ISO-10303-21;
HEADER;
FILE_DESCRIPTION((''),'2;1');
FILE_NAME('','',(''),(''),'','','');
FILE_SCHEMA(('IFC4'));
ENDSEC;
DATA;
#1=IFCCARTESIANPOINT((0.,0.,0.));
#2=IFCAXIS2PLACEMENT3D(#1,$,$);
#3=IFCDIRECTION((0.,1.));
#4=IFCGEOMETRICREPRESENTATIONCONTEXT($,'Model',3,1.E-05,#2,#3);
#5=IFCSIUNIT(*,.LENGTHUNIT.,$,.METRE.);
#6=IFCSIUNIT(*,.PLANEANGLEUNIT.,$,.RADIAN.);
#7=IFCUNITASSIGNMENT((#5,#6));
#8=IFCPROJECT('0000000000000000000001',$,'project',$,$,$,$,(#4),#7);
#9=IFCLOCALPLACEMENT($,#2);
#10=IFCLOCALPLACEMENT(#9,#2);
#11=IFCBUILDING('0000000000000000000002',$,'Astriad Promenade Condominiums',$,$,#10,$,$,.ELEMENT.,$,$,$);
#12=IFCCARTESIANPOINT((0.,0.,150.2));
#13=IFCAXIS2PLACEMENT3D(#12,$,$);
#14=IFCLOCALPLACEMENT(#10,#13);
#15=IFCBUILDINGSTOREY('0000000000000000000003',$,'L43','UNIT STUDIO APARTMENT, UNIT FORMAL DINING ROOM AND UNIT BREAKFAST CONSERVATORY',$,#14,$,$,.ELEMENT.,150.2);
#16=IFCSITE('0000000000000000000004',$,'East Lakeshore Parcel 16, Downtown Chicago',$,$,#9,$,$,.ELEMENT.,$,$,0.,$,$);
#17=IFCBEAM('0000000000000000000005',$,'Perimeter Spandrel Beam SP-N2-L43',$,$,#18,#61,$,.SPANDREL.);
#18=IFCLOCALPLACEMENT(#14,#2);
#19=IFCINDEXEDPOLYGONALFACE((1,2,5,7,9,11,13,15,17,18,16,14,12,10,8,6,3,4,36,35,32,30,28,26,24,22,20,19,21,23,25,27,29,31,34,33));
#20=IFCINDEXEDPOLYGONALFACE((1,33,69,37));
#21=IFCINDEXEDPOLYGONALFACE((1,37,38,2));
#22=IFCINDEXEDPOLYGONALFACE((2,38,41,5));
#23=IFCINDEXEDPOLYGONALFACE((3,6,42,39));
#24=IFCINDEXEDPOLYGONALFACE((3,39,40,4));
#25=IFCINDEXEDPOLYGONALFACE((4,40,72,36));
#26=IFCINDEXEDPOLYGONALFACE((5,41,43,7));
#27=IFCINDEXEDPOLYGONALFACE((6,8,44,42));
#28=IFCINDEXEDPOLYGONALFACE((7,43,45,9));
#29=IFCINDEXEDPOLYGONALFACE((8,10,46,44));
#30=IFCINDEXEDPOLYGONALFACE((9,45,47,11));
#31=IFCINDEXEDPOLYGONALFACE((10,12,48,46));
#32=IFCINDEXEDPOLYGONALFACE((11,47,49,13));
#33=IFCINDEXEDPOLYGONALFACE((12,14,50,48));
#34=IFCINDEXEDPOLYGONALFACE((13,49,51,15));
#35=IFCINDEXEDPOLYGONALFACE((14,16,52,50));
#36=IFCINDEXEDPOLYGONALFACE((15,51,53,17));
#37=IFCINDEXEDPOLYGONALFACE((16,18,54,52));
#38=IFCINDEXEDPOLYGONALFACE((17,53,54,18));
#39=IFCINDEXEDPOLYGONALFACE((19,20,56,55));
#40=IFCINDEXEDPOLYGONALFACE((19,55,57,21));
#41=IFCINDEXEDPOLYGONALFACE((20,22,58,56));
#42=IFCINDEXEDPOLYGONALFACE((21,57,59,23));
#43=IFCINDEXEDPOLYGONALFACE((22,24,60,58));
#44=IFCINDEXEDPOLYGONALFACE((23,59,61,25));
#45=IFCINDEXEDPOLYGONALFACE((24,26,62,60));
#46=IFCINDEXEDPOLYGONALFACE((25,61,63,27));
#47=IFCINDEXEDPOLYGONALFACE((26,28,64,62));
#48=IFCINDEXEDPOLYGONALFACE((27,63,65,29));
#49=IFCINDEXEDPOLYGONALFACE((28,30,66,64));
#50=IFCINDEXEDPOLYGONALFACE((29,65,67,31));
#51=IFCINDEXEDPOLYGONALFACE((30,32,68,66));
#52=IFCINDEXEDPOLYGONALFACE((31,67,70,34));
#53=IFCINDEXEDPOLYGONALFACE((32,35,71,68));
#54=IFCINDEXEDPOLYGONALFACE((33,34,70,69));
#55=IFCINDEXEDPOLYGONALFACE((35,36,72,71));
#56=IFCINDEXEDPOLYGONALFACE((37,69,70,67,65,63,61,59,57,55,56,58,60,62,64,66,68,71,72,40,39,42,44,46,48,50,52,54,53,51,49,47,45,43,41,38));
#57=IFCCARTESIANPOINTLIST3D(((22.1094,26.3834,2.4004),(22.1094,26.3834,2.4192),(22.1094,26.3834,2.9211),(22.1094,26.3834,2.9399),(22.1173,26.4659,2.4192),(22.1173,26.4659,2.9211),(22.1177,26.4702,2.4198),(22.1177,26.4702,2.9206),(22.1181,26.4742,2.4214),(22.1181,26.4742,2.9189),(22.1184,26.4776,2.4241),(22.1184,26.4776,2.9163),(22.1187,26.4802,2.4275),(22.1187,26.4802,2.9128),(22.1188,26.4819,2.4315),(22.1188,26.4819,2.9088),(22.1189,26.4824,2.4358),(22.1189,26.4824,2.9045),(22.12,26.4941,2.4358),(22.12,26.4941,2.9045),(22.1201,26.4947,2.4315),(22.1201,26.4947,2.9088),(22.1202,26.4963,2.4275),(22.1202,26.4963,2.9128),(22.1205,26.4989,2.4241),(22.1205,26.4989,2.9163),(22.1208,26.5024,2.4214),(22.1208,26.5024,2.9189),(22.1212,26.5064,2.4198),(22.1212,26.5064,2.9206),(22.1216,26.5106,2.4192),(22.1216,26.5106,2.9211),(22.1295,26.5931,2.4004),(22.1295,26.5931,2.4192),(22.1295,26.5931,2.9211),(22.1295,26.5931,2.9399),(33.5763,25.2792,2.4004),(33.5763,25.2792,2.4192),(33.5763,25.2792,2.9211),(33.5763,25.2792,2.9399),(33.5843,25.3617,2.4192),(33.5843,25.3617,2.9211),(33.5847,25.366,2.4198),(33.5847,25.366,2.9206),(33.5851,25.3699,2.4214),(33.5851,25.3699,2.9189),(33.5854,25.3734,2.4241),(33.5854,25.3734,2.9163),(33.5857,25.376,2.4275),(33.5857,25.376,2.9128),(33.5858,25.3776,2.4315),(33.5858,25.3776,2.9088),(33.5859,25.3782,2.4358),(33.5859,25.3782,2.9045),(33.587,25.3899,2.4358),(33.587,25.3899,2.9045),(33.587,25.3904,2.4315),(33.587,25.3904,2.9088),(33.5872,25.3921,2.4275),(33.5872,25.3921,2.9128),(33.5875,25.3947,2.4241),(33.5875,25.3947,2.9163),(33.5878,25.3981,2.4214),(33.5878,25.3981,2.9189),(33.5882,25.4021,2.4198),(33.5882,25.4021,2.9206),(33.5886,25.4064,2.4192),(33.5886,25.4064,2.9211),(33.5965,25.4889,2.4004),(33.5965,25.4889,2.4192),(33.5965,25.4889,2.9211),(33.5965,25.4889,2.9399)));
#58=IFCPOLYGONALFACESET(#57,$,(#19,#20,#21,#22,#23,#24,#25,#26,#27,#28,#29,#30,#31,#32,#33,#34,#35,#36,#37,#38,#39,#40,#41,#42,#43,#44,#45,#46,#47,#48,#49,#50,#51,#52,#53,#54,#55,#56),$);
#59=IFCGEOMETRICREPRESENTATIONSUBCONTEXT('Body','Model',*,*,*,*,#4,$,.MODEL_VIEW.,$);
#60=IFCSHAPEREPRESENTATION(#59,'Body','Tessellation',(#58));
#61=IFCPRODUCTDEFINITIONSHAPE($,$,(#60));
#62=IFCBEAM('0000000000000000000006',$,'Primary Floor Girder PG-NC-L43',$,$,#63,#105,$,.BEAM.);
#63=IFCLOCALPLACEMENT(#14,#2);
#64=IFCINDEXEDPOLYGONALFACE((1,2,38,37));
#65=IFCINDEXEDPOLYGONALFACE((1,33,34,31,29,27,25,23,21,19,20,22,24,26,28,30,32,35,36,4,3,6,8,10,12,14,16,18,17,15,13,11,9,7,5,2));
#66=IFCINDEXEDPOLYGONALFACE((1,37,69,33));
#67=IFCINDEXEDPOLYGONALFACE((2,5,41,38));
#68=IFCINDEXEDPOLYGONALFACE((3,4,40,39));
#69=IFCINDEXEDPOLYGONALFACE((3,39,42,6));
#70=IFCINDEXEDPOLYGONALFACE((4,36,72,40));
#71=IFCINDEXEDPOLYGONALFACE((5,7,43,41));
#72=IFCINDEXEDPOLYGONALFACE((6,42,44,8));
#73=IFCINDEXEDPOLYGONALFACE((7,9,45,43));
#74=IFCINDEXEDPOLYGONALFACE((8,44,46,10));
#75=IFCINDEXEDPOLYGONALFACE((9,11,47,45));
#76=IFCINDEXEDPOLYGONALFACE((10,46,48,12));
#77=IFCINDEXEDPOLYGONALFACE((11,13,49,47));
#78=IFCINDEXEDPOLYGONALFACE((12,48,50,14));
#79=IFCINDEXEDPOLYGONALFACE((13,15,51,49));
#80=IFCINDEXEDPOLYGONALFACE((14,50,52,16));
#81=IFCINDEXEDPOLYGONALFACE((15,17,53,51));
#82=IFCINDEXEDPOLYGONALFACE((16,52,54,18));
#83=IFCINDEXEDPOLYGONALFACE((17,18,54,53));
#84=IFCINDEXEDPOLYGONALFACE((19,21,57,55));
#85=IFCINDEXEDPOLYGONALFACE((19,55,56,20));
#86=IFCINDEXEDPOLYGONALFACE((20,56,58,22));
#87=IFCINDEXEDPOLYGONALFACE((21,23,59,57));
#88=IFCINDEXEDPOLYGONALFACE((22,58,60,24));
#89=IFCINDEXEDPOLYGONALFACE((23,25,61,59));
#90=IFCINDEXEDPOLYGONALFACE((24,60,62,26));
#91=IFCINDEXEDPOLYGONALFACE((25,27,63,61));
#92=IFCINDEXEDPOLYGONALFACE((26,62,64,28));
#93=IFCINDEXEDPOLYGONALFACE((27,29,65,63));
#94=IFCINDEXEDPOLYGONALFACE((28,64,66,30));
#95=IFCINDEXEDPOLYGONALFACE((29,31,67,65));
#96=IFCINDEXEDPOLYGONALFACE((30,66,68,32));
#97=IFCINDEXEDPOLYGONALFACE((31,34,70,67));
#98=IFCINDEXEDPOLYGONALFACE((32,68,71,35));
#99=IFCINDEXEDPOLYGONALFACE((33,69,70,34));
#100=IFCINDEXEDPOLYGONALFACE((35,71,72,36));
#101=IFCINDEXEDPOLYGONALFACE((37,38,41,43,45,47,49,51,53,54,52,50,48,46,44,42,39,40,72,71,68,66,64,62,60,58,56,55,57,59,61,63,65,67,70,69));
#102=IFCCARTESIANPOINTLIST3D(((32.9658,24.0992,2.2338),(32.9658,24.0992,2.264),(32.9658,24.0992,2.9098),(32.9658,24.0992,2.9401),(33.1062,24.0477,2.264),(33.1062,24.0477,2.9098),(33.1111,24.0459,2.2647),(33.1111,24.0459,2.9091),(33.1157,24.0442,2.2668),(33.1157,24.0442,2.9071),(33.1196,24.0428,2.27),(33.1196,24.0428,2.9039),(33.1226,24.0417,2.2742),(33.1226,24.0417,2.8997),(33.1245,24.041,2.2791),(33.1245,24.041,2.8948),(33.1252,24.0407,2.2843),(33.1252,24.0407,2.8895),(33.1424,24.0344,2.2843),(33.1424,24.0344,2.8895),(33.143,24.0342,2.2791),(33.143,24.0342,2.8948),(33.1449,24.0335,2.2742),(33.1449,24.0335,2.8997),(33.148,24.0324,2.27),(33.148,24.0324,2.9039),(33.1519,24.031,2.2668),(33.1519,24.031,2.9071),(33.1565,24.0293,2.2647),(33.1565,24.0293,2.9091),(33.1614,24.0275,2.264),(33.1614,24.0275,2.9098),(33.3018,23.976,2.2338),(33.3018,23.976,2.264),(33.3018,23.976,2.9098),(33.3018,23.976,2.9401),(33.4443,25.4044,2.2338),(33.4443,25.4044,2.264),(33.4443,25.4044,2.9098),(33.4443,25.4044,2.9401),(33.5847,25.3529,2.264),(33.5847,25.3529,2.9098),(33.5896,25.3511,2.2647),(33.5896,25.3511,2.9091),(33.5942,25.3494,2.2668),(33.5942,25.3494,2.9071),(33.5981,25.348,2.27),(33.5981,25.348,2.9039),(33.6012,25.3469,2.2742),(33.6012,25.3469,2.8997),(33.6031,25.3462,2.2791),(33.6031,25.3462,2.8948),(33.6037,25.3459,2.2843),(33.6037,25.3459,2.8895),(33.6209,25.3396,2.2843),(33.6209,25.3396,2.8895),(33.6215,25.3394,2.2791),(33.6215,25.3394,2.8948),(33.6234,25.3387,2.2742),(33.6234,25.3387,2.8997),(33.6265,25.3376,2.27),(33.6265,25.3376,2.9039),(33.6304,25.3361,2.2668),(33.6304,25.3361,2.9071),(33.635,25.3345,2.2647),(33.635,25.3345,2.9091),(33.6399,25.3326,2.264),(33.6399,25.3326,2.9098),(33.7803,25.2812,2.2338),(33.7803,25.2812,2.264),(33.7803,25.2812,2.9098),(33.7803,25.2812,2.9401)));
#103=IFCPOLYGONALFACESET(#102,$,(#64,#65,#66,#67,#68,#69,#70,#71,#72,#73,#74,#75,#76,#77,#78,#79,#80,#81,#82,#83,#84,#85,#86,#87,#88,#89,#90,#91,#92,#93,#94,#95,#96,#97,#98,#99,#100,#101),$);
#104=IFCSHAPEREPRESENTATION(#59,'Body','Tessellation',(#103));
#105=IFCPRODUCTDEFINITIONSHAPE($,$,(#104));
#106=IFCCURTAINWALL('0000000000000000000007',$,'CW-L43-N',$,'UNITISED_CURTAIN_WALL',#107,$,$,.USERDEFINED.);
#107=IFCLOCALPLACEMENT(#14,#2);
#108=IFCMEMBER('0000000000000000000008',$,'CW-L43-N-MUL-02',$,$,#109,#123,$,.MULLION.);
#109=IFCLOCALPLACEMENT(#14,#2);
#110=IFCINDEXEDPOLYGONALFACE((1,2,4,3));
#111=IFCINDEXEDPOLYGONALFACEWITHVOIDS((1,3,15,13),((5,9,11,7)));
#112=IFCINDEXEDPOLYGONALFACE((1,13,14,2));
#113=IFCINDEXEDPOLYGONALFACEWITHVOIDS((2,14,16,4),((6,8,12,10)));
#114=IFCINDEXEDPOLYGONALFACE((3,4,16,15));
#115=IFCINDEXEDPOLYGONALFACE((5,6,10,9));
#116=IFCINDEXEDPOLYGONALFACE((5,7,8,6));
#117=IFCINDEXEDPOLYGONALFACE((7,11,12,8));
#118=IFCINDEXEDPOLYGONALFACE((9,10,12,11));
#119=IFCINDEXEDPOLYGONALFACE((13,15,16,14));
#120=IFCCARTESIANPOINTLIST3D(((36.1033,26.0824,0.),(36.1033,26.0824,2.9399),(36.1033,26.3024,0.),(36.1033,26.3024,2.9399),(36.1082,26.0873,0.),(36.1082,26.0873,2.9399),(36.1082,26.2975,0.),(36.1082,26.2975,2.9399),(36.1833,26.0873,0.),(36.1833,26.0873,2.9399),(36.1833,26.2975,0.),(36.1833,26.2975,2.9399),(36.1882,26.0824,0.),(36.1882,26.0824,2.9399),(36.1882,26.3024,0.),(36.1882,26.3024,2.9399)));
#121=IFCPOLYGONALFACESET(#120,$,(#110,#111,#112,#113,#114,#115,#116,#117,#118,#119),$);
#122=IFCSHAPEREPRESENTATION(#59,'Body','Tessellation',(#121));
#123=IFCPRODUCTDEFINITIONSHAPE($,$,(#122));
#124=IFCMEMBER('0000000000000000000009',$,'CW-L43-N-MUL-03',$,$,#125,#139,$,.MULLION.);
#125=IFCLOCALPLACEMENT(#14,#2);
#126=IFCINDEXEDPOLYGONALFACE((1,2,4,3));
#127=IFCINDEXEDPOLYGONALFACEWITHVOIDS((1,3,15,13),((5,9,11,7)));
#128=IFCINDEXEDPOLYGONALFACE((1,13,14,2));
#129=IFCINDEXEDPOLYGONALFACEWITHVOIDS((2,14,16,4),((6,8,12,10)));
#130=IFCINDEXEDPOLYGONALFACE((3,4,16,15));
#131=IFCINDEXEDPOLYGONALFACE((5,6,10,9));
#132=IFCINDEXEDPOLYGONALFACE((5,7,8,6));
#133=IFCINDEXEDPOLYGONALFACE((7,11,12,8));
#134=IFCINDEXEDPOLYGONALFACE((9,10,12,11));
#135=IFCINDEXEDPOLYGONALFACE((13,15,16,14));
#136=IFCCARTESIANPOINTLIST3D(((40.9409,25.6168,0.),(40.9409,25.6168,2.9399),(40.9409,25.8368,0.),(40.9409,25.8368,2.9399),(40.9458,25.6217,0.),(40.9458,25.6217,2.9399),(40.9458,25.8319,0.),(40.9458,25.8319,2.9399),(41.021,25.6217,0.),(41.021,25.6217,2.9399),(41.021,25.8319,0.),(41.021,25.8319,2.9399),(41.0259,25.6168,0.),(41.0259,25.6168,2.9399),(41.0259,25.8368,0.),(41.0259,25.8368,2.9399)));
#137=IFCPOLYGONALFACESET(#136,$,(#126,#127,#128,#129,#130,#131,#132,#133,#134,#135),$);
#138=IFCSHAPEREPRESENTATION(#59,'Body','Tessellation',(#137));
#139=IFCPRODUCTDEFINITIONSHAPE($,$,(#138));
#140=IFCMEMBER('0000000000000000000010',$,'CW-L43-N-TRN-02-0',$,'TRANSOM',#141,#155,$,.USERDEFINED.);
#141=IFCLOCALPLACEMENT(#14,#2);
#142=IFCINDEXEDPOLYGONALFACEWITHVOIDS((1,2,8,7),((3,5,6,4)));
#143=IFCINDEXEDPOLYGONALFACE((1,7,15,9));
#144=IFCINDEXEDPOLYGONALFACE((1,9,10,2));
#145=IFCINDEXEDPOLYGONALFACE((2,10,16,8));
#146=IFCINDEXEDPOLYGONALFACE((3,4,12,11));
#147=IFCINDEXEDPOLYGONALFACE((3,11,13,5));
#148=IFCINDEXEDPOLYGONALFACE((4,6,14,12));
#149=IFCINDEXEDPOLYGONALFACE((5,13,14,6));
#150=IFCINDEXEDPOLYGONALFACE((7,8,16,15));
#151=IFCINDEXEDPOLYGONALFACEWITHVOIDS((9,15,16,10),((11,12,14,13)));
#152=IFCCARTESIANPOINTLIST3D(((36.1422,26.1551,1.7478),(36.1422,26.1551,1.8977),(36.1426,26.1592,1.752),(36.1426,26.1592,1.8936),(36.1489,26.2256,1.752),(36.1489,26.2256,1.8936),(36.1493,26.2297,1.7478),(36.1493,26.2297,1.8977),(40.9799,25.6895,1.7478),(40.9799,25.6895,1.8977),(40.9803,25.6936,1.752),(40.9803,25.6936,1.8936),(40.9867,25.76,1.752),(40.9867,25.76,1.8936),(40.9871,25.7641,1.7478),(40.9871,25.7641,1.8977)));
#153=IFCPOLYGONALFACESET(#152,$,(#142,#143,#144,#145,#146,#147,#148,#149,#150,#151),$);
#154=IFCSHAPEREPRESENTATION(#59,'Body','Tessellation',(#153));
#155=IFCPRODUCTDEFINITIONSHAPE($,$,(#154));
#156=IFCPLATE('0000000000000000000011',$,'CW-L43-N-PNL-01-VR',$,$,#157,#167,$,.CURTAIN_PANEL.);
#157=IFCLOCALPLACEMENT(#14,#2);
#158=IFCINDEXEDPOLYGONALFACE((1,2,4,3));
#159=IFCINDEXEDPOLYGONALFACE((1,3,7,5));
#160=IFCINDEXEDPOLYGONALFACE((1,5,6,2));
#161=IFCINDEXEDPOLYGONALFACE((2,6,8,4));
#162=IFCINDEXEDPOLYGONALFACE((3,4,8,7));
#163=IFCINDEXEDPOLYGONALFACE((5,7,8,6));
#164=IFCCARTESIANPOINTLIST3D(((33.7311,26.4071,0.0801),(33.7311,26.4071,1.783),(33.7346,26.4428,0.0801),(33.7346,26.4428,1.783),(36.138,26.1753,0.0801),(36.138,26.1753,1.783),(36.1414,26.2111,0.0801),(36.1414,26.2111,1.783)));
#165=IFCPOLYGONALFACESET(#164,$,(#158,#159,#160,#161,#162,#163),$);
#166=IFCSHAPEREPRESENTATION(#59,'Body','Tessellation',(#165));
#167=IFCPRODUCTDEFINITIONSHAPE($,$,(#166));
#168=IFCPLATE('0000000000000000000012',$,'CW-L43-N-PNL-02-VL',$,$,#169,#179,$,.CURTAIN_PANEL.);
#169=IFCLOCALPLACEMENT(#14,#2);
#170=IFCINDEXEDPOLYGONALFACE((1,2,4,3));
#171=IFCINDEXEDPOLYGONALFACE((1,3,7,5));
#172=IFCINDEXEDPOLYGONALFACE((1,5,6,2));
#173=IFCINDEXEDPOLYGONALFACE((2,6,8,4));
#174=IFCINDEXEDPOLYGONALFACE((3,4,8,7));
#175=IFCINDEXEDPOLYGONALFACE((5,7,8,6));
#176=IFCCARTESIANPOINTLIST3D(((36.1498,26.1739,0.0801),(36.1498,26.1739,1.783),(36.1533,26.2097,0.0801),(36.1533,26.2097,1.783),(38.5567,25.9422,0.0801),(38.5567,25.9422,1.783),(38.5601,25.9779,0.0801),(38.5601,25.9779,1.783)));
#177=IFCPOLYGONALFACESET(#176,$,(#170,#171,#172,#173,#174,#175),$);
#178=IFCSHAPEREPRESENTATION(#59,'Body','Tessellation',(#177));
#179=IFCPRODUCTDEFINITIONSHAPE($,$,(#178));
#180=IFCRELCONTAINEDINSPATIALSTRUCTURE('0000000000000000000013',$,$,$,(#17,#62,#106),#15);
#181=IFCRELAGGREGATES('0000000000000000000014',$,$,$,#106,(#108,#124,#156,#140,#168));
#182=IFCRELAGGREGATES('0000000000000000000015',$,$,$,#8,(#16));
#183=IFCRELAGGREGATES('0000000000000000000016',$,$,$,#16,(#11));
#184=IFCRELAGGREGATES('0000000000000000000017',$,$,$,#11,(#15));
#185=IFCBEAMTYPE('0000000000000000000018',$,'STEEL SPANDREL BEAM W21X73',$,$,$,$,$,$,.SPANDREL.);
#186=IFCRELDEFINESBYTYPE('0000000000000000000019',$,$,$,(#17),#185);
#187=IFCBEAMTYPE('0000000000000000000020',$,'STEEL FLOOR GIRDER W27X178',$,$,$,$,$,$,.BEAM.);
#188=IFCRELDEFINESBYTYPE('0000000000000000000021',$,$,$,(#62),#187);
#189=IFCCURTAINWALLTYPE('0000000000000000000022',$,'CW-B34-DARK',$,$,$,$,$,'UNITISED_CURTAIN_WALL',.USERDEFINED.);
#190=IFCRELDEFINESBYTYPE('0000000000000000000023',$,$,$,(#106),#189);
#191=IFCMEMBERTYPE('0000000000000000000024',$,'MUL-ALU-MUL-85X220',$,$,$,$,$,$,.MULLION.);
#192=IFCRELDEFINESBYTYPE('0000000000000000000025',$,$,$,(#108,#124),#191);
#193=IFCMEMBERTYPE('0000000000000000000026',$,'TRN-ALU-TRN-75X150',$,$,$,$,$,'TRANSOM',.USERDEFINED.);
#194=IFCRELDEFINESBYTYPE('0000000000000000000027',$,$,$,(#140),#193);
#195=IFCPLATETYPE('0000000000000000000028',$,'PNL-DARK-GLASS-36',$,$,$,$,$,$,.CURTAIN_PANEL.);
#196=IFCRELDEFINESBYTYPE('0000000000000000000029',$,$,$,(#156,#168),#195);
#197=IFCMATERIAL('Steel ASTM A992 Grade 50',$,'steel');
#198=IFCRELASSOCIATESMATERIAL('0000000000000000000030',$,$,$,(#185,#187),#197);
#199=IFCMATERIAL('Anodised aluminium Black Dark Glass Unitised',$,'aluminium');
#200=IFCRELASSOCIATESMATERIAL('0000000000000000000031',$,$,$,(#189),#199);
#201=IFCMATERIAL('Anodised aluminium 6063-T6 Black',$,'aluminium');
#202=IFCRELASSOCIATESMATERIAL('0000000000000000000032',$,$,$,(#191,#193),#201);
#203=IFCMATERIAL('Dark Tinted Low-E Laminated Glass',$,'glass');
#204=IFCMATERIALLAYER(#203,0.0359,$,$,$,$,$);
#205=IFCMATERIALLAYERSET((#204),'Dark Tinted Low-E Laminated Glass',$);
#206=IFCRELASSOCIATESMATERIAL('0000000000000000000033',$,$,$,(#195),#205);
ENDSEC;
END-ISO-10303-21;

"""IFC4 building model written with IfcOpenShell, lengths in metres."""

from ifc_helpers import new_model, si_unit, direction, frame, origin, origin_2d, place, context, subcontext, project, spatial, rectangle, hollow_rectangle, i_section, extrude, source, transform, mapped, material, layer, layer_set, material_profile, profile_set, type_object, type_shapes, element, aggregate, save


model = new_model("IFC4")

# Units and contexts
model_context = context("Model", 3, precision=1e-05, world=origin(), true_north=direction((0.0, 1.0)))
body_context = subcontext(model_context, "Body", "Model", "MODEL_VIEW")
ifc_project = project(units=[si_unit("LENGTHUNIT", "METRE"), si_unit("PLANEANGLEUNIT", "RADIAN")], contexts=[model_context])

# Site, building, storey
site_placement = place(None, origin())
site = spatial("IfcSite", under=ifc_project, at=site_placement, Name="East Lakeshore Parcel 16, Downtown Chicago", CompositionType="ELEMENT", RefElevation=0.0)
building_placement = place(site_placement, origin())
building = spatial("IfcBuilding", under=site, at=building_placement, Name="Astriad Promenade Condominiums", CompositionType="ELEMENT")
storey_placement = place(building_placement, frame((0.0, 0.0, 150.2)))
storey = spatial("IfcBuildingStorey", under=building, at=storey_placement, Name="L43", Description="UNIT STUDIO APARTMENT, UNIT FORMAL DINING ROOM AND UNIT BREAKFAST CONSERVATORY", CompositionType="ELEMENT", Elevation=150.2)

# Shared definitions
ifc_material_1 = material(Name="Steel ASTM A992 Grade 50", Category="steel")

# Beams
ifc_material_profile_1 = material_profile(ifc_material_1, i_section(OverallWidth=0.2107, OverallDepth=0.5396, WebThickness=0.0117, FlangeThickness=0.0188, FilletRadius=0.0166, at=origin_2d()), Name="W21X73")
ifc_profile_set_1 = profile_set([ifc_material_profile_1], Name="Steel ASTM A992 Grade 50")
beam_type_1 = type_object("IfcBeamType", Name="STEEL SPANDREL BEAM W21X73", PredefinedType="SPANDREL", material=ifc_profile_set_1)
shared_shape_1 = source(origin(), body_context, "Body", "SweptSolid", [
    extrude(i_section(OverallWidth=0.2107, OverallDepth=0.5396, WebThickness=0.0117, FlangeThickness=0.0188, FilletRadius=0.0166, at=origin_2d()), origin(), (0.0, 0.0, 1.0), 11.52),
])
type_shapes(beam_type_1, [shared_shape_1])
beam_1_placement = place(storey_placement, frame((33.5864, 25.384, 2.6702), z_axis=(-0.995395, 0.095854, 0.0), x_axis=(-0.095854, -0.995395, 0.0)))
element("IfcBeam", 1, at=beam_1_placement, inside=storey, type_object=beam_type_1, Name="Perimeter Spandrel Beam SP-N2-L43", PredefinedType="SPANDREL", context=body_context, shape_type="MappedRepresentation", body=[
    mapped(shared_shape_1, transform((0.0, 0.0, 0.0), scale=1.0)),
])
ifc_material_profile_2 = material_profile(ifc_material_1, i_section(OverallWidth=0.3579, OverallDepth=0.7063, WebThickness=0.0183, FlangeThickness=0.0303, FilletRadius=0.0203, at=origin_2d()), Name="W27X178")
ifc_profile_set_2 = profile_set([ifc_material_profile_2], Name="Steel ASTM A992 Grade 50")
beam_type_2 = type_object("IfcBeamType", Name="STEEL FLOOR GIRDER W27X178", PredefinedType="BEAM", material=ifc_profile_set_2)
shared_shape_2 = source(origin(), body_context, "Body", "SweptSolid", [
    extrude(i_section(OverallWidth=0.3579, OverallDepth=0.7063, WebThickness=0.0183, FlangeThickness=0.0303, FilletRadius=0.0203, at=origin_2d()), origin(), (0.0, 0.0, 1.0), 1.3901),
])
type_shapes(beam_type_2, [shared_shape_2])
beam_2_placement = place(storey_placement, frame((33.6123, 25.3428, 2.5869), z_axis=(-0.344224, -0.938888, 0.0), x_axis=(0.938888, -0.344224, 0.0)))
element("IfcBeam", 2, at=beam_2_placement, inside=storey, type_object=beam_type_2, Name="Primary Floor Girder PG-NC-L43", PredefinedType="BEAM", context=body_context, shape_type="MappedRepresentation", body=[
    mapped(shared_shape_2, transform((0.0, 0.0, 0.0), scale=1.0)),
])

# Curtain wall, members, plates
ifc_material_2 = material(Name="Anodised aluminium Black Dark Glass Unitised", Category="aluminium")
curtain_wall_type = type_object("IfcCurtainWallType", Name="CW-B34-DARK", ElementType="UNITISED_CURTAIN_WALL", PredefinedType="USERDEFINED", material=ifc_material_2)
curtain_wall_placement = place(storey_placement, origin())
curtain_wall = element("IfcCurtainWall", 3, at=curtain_wall_placement, inside=storey, type_object=curtain_wall_type, Name="CW-L43-N", ObjectType="UNITISED_CURTAIN_WALL", PredefinedType="USERDEFINED")
ifc_material_3 = material(Name="Anodised aluminium 6063-T6 Black", Category="aluminium")
ifc_material_profile_3 = material_profile(ifc_material_3, hollow_rectangle(XDim=0.085, YDim=0.22, WallThickness=0.0049, at=origin_2d()), Name="ALU-MUL-85X220")
ifc_profile_set_3 = profile_set([ifc_material_profile_3], Name="Anodised aluminium 6063-T6 Black")
member_type_1 = type_object("IfcMemberType", Name="MUL-ALU-MUL-85X220", PredefinedType="MULLION", material=ifc_profile_set_3)
shared_shape_3 = source(origin(), body_context, "Body", "SweptSolid", [
    extrude(hollow_rectangle(XDim=0.085, YDim=0.22, WallThickness=0.0049, at=origin_2d()), origin(), (0.0, 0.0, 1.0), 2.9399),
])
type_shapes(member_type_1, [shared_shape_3])
member_1_placement = place(storey_placement, frame((36.1458, 26.1924, 0.0), z_axis=(0.0, 0.0, 1.0), x_axis=(1.0, 0.0, 0.0)))
member_1 = element("IfcMember", 4, at=member_1_placement, type_object=member_type_1, Name="CW-L43-N-MUL-02", PredefinedType="MULLION", context=body_context, shape_type="MappedRepresentation", body=[
    mapped(shared_shape_3, transform((0.0, 0.0, 0.0), scale=1.0)),
])
member_2_placement = place(storey_placement, frame((40.9834, 25.7268, 0.0), z_axis=(0.0, 0.0, 1.0), x_axis=(1.0, 0.0, 0.0)))
member_2 = element("IfcMember", 5, at=member_2_placement, type_object=member_type_1, Name="CW-L43-N-MUL-03", PredefinedType="MULLION", context=body_context, shape_type="MappedRepresentation", body=[
    mapped(shared_shape_3, transform((0.0, 0.0, 0.0), scale=1.0)),
])
ifc_material_profile_4 = material_profile(ifc_material_3, hollow_rectangle(XDim=0.075, YDim=0.1499, WallThickness=0.0042, at=origin_2d()), Name="ALU-TRN-75X150")
ifc_profile_set_4 = profile_set([ifc_material_profile_4], Name="Anodised aluminium 6063-T6 Black")
member_type_2 = type_object("IfcMemberType", Name="TRN-ALU-TRN-75X150", ElementType="TRANSOM", PredefinedType="USERDEFINED", material=ifc_profile_set_4)
shared_shape_4 = source(origin(), body_context, "Body", "SweptSolid", [
    extrude(hollow_rectangle(XDim=0.075, YDim=0.1499, WallThickness=0.0042, at=origin_2d()), origin(), (0.0, 0.0, 1.0), 4.8601),
])
type_shapes(member_type_2, [shared_shape_4])
member_3_placement = place(storey_placement, frame((36.1458, 26.1924, 1.8228), z_axis=(0.995401, -0.095798, 0.0), x_axis=(0.095798, 0.995401, 0.0)))
member_3 = element("IfcMember", 6, at=member_3_placement, type_object=member_type_2, Name="CW-L43-N-TRN-02-0", ObjectType="TRANSOM", PredefinedType="USERDEFINED", context=body_context, shape_type="MappedRepresentation", body=[
    mapped(shared_shape_4, transform((0.0, 0.0, 0.0), scale=1.0)),
])
ifc_material_4 = material(Name="Dark Tinted Low-E Laminated Glass", Category="glass")
ifc_layer_1 = layer(ifc_material_4, 0.0359)
ifc_layer_set_1 = layer_set([ifc_layer_1], Name="Dark Tinted Low-E Laminated Glass")
plate_type = type_object("IfcPlateType", Name="PNL-DARK-GLASS-36", PredefinedType="CURTAIN_PANEL", material=ifc_layer_set_1)
shared_shape_5 = source(origin(), body_context, "Body", "SweptSolid", [
    extrude(rectangle(XDim=2.418, YDim=0.0359, at=origin_2d()), origin(), (0.0, 0.0, 1.0), 1.7029),
])
plate_1_placement = place(storey_placement, frame((34.9363, 26.3091, 0.0801), z_axis=(0.0, 0.0, 1.0), x_axis=(0.995396, -0.095846, 0.0)))
plate_1 = element("IfcPlate", 7, at=plate_1_placement, type_object=plate_type, Name="CW-L43-N-PNL-01-VR", PredefinedType="CURTAIN_PANEL", context=body_context, shape_type="MappedRepresentation", body=[
    mapped(shared_shape_5, transform((0.0, 0.0, 0.0), scale=1.0)),
])
plate_2_placement = place(storey_placement, frame((37.355, 26.0759, 0.0801), z_axis=(0.0, 0.0, 1.0), x_axis=(0.995396, -0.095846, 0.0)))
plate_2 = element("IfcPlate", 8, at=plate_2_placement, type_object=plate_type, Name="CW-L43-N-PNL-02-VL", PredefinedType="CURTAIN_PANEL", context=body_context, shape_type="MappedRepresentation", body=[
    mapped(shared_shape_5, transform((0.0, 0.0, 0.0), scale=1.0)),
])
aggregate(curtain_wall, [member_1, member_2, plate_1, member_3, plate_2])

save(model, "model.ifc")
